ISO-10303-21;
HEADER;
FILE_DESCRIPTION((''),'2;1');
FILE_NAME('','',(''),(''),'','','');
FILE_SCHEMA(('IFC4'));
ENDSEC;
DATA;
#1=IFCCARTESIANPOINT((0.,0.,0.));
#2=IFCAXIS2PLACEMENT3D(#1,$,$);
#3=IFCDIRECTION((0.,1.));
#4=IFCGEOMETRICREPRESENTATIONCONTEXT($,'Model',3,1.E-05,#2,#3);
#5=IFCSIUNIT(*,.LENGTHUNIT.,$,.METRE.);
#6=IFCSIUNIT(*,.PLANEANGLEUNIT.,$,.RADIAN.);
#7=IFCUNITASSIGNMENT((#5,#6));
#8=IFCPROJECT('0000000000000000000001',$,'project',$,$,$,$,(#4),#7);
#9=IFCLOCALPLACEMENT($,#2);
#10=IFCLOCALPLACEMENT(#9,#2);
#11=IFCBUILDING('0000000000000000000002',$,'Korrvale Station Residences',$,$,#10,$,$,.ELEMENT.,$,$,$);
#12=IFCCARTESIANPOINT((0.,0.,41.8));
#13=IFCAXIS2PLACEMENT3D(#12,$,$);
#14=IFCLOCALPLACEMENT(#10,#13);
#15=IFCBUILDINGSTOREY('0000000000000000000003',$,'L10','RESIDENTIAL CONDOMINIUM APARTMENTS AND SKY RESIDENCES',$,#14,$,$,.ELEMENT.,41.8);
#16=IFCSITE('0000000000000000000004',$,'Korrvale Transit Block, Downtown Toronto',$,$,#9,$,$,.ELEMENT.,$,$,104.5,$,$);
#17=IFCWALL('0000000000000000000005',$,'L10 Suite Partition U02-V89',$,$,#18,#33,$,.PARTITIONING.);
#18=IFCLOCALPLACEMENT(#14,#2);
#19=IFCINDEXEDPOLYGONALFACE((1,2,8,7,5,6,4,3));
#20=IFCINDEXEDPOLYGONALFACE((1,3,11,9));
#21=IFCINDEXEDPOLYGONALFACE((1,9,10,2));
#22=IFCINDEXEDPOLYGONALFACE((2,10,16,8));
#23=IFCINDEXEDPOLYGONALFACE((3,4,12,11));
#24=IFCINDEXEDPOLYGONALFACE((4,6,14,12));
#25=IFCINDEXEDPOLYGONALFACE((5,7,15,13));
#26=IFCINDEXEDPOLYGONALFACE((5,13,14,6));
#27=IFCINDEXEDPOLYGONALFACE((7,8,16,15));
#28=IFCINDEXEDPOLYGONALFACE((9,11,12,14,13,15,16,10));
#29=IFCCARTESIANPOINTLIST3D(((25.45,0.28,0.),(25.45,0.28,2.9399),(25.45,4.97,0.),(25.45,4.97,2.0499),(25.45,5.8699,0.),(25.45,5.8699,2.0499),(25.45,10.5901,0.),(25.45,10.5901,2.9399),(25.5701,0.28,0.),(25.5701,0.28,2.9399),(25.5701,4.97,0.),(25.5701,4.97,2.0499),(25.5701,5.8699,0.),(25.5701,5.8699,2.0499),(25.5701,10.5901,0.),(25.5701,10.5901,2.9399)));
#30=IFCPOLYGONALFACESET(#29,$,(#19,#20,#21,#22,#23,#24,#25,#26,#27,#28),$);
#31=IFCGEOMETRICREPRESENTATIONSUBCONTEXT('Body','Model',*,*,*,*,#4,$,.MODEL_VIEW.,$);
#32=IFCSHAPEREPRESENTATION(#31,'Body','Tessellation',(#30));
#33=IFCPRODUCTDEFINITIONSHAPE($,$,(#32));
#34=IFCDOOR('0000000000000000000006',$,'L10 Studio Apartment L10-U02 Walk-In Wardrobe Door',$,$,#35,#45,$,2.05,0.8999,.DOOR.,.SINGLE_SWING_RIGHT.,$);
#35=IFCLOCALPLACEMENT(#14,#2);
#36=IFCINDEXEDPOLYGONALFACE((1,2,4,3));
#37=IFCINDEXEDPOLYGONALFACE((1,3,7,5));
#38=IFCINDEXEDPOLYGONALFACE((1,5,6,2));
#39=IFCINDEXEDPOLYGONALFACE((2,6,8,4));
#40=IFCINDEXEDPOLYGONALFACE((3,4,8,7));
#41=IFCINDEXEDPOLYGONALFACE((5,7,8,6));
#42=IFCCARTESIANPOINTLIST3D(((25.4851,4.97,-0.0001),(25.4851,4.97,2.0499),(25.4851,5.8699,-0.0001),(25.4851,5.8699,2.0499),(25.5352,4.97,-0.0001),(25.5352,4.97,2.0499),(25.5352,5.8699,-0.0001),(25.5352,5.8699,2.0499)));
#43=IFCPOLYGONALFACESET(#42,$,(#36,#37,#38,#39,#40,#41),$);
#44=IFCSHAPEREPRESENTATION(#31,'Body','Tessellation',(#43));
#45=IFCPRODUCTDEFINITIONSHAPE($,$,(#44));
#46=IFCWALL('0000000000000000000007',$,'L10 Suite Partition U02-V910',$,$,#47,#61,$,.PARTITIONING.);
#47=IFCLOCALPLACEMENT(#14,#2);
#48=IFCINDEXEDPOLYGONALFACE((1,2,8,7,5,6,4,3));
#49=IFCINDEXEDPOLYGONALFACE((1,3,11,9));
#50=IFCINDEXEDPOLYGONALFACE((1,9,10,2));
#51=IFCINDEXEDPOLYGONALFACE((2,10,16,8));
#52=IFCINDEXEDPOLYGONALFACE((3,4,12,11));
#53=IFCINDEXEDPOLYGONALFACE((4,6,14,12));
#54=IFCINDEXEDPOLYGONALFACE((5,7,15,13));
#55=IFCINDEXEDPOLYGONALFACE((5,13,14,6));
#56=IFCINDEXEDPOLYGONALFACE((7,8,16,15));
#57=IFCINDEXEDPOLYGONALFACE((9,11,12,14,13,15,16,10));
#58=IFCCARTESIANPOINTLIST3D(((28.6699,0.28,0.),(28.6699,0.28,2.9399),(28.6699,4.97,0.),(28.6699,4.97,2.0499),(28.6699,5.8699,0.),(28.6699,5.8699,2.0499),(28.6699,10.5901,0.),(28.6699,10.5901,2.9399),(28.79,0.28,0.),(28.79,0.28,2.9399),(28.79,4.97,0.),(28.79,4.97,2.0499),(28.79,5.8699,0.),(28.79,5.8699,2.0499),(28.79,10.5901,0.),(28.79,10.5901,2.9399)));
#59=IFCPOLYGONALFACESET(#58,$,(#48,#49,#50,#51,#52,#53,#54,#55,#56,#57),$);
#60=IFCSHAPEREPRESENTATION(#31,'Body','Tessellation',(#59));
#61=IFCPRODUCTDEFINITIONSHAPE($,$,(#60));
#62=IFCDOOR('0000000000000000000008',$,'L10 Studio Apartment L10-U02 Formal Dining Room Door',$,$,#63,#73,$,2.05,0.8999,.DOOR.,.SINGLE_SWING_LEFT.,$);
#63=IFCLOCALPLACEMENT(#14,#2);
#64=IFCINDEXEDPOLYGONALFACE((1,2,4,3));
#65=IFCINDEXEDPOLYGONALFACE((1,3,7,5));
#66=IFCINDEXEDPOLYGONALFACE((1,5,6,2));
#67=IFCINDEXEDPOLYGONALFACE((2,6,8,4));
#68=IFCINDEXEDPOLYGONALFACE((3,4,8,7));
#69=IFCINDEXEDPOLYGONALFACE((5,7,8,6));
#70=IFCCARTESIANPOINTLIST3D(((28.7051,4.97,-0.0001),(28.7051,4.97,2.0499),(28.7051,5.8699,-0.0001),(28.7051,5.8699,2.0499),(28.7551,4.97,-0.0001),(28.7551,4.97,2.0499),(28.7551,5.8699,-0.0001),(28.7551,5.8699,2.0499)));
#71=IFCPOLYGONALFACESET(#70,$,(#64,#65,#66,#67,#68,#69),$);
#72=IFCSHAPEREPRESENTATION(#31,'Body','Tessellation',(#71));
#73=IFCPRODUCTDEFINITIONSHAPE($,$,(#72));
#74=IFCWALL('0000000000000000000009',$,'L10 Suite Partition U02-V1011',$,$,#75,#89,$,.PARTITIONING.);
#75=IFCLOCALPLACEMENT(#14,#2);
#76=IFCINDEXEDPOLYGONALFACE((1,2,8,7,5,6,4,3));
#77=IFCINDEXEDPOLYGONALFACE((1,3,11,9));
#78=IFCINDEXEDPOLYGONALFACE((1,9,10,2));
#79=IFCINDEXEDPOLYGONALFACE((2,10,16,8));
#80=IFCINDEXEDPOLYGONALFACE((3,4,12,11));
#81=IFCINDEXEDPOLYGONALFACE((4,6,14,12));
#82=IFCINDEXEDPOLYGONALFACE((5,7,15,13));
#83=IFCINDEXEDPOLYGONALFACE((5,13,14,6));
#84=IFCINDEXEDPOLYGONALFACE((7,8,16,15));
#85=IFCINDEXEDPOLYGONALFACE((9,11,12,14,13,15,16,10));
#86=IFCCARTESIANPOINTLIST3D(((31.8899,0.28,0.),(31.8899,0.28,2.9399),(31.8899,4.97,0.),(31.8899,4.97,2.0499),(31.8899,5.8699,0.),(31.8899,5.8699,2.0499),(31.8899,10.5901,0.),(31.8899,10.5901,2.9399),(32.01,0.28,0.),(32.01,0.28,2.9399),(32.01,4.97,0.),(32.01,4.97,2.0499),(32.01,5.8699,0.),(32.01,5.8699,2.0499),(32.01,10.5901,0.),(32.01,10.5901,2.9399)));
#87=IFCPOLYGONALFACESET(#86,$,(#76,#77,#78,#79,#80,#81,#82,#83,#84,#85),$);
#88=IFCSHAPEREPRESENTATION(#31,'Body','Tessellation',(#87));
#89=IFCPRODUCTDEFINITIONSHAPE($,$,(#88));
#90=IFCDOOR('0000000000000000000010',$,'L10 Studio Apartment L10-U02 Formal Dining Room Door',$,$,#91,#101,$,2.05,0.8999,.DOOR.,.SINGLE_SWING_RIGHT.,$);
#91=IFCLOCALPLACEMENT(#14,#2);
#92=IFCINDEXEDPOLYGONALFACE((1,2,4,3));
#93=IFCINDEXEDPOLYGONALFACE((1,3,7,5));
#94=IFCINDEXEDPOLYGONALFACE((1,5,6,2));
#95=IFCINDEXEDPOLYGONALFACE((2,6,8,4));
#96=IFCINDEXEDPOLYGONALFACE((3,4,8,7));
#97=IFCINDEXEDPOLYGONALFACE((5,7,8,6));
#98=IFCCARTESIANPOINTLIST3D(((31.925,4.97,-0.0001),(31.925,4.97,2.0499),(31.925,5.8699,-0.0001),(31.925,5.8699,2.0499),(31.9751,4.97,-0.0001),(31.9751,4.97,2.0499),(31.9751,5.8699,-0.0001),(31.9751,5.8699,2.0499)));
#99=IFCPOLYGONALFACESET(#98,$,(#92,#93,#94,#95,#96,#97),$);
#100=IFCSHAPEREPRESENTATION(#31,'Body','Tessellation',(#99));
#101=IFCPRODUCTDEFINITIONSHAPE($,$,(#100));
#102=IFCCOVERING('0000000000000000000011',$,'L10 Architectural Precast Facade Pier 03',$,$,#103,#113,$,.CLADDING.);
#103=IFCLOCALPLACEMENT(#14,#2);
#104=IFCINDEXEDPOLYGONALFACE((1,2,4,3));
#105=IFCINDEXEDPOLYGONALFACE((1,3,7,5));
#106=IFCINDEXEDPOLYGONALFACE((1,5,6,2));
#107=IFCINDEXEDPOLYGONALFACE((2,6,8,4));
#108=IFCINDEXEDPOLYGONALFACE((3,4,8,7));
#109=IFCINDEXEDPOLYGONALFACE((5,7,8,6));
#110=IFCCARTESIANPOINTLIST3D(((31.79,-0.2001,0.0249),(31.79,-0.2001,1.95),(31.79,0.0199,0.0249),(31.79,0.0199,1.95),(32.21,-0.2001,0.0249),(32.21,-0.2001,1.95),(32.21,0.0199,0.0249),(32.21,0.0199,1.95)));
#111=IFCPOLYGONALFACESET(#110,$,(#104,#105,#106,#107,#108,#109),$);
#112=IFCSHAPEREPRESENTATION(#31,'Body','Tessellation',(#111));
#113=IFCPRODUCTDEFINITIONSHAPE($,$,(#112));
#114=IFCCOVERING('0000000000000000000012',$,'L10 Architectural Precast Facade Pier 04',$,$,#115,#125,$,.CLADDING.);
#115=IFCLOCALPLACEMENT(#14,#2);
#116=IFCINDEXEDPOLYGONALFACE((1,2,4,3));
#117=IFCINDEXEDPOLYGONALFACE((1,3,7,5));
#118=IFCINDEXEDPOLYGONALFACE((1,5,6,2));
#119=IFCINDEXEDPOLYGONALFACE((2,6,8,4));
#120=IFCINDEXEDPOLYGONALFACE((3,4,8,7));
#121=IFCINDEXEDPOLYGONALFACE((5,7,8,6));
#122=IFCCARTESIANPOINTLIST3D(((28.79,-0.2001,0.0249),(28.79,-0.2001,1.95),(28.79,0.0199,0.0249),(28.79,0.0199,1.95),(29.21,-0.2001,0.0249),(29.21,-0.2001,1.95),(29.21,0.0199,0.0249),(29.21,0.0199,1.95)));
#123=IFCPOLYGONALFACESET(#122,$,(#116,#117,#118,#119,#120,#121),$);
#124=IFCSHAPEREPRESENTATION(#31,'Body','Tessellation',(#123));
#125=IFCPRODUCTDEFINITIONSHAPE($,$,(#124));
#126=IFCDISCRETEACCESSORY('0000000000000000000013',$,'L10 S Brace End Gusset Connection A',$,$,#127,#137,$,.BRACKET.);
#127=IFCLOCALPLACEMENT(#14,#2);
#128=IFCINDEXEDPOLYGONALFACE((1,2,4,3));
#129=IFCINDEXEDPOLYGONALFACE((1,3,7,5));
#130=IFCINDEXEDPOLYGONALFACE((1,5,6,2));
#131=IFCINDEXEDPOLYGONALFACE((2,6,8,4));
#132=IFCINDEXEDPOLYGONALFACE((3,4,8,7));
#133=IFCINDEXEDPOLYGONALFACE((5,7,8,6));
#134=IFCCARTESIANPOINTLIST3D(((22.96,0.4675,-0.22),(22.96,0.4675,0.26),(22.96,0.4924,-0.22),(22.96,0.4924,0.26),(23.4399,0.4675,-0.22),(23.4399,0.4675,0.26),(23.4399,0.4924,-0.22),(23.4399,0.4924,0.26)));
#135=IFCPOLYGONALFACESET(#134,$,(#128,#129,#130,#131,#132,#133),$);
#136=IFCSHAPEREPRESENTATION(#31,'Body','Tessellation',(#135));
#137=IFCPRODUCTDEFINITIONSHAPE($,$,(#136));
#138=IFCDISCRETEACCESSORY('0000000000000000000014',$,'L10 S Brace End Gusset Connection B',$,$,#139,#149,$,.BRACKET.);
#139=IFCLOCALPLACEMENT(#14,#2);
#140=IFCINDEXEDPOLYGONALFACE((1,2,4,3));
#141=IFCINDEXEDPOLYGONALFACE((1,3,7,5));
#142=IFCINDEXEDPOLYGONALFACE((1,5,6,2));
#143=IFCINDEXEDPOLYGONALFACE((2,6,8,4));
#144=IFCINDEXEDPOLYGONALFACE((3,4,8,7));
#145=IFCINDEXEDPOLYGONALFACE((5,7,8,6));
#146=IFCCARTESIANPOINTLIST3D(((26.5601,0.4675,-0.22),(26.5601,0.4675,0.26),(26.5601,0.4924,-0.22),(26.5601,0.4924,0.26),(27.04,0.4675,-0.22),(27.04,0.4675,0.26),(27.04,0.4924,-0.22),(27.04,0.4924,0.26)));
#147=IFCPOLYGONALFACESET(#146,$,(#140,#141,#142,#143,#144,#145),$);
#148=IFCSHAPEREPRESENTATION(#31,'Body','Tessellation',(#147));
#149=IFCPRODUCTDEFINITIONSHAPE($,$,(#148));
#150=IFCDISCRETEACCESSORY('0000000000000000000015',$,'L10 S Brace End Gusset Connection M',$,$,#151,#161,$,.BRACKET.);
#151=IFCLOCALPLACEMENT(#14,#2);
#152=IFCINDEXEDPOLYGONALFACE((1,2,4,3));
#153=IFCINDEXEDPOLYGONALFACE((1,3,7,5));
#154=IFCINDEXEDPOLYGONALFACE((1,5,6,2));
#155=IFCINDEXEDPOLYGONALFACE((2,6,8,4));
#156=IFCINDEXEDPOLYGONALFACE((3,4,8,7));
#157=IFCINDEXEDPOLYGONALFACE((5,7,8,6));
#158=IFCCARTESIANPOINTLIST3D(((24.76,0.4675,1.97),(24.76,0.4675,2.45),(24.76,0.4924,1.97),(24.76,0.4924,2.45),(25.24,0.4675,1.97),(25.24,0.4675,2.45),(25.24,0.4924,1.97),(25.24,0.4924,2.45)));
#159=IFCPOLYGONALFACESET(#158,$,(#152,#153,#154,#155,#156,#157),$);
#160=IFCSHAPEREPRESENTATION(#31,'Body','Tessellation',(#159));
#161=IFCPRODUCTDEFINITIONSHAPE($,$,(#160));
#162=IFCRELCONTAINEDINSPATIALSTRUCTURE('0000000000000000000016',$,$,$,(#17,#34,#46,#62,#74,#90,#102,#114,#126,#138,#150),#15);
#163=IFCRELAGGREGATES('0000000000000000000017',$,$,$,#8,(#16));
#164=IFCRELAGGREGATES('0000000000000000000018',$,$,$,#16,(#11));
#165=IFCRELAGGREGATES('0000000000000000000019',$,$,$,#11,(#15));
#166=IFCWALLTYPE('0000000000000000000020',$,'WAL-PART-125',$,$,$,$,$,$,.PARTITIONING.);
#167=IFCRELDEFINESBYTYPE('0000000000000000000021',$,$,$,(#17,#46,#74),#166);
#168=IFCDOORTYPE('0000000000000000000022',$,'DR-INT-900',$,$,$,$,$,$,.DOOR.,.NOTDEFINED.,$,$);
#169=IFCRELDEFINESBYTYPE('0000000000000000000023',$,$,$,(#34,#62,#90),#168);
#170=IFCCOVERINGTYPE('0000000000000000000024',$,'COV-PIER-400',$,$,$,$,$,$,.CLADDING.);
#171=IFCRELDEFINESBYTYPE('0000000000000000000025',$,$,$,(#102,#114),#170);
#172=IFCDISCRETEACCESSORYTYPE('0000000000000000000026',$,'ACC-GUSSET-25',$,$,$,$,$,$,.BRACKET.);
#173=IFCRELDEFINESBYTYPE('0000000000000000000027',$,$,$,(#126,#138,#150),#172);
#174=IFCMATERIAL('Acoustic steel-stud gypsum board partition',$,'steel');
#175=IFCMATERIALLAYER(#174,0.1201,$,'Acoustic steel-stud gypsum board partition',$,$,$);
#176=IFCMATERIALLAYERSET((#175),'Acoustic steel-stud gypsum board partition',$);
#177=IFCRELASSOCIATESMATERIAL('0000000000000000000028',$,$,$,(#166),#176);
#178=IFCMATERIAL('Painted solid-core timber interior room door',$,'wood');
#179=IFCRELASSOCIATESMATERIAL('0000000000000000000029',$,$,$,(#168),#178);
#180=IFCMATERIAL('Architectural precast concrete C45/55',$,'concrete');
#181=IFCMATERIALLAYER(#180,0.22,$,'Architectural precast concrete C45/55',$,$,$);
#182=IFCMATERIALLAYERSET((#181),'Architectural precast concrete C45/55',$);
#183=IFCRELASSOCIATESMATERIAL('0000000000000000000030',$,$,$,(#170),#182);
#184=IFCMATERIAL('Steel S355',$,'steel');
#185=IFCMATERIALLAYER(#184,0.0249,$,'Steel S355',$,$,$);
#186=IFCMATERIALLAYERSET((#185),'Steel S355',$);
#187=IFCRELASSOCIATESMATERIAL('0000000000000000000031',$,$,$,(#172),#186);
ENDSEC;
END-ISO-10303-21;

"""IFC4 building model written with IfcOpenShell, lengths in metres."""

from ifc_helpers import new_model, si_unit, direction, frame, frame_2d, origin, origin_2d, place, context, subcontext, project, spatial, rectangle, extrude, material, layer, layer_set, type_object, element, fill, save


model = new_model("IFC4")

# Units and contexts
model_context = context("Model", 3, precision=1e-05, world=origin(), true_north=direction((0.0, 1.0)))
body_context = subcontext(model_context, "Body", "Model", "MODEL_VIEW")
ifc_project = project(units=[si_unit("LENGTHUNIT", "METRE"), si_unit("PLANEANGLEUNIT", "RADIAN")], contexts=[model_context])

# Site, building, storey
site_placement = place(None, origin())
site = spatial("IfcSite", under=ifc_project, at=site_placement, Name="Korrvale Transit Block, Downtown Toronto", CompositionType="ELEMENT", RefElevation=104.5)
building_placement = place(site_placement, origin())
building = spatial("IfcBuilding", under=site, at=building_placement, Name="Korrvale Station Residences", CompositionType="ELEMENT")
storey_placement = place(building_placement, frame((0.0, 0.0, 41.8)))
storey = spatial("IfcBuildingStorey", under=building, at=storey_placement, Name="L10", Description="RESIDENTIAL CONDOMINIUM APARTMENTS AND SKY RESIDENCES", CompositionType="ELEMENT", Elevation=41.8)

# Shared definitions
ifc_material_1 = material(Name="Steel S355", Category="steel")

# Shared definitions
ifc_material_2 = material(Name="Acoustic steel-stud gypsum board partition", Category="steel")
ifc_layer_1 = layer(ifc_material_2, 0.1201, Name="Acoustic steel-stud gypsum board partition")
ifc_layer_set_1 = layer_set([ifc_layer_1], Name="Acoustic steel-stud gypsum board partition")
wall_type = type_object("IfcWallType", Name="WAL-PART-125", PredefinedType="PARTITIONING", material=ifc_layer_set_1)

# Shared definitions
ifc_material_3 = material(Name="Painted solid-core timber interior room door", Category="wood")
door_type = type_object("IfcDoorType", Name="DR-INT-900", OperationType="NOTDEFINED", PredefinedType="DOOR", material=ifc_material_3)

# Walls, openings, doors
wall_1_placement = place(storey_placement, frame((25.51, 0.28, 0.0), z_axis=(0.0, 0.0, 1.0), x_axis=(0.0, 1.0, 0.0)))
wall_1 = element("IfcWall", 1, at=wall_1_placement, inside=storey, type_object=wall_type, Name="L10 Suite Partition U02-V89", PredefinedType="PARTITIONING", context=body_context, shape_type="SweptSolid", body=[
    extrude(rectangle(XDim=10.3101, YDim=0.1201, at=frame_2d((5.155, 0.0))), origin(), (0.0, 0.0, 1.0), 2.9399),
])
opening_1_placement = place(wall_1_placement, frame((4.6899, 0.0, 0.0)))
opening_1 = element("IfcOpeningElement", 2, at=opening_1_placement, cuts=wall_1, PredefinedType="OPENING", context=body_context, shape_type="SweptSolid", body=[
    extrude(rectangle(XDim=0.8999, YDim=2.05, at=frame_2d((0.45, 1.0249))), frame((0.0, 0.0701, 0.0), z_axis=(0.0, -1.0, 0.0), x_axis=(1.0, 0.0, 0.0)), (0.0, 0.0, 1.0), 0.1401),
])
door_1_placement = place(opening_1_placement, origin())
door_1 = element("IfcDoor", 3, at=door_1_placement, inside=storey, type_object=door_type, Name="L10 Studio Apartment L10-U02 Walk-In Wardrobe Door", OperationType="SINGLE_SWING_RIGHT", OverallHeight=2.05, OverallWidth=0.8999, PredefinedType="DOOR", context=body_context, shape_type="SweptSolid", body=[
    extrude(rectangle(XDim=0.8999, YDim=2.05, at=frame_2d((0.45, 1.0249))), frame((0.0, 0.0249, 0.0), z_axis=(0.0, -1.0, 0.0), x_axis=(1.0, 0.0, 0.0)), (0.0, 0.0, 1.0), 0.05),
])
fill(opening_1, door_1)
wall_2_placement = place(storey_placement, frame((28.73, 0.28, 0.0), z_axis=(0.0, 0.0, 1.0), x_axis=(0.0, 1.0, 0.0)))
wall_2 = element("IfcWall", 4, at=wall_2_placement, inside=storey, type_object=wall_type, Name="L10 Suite Partition U02-V910", PredefinedType="PARTITIONING", context=body_context, shape_type="SweptSolid", body=[
    extrude(rectangle(XDim=10.3101, YDim=0.1201, at=frame_2d((5.155, 0.0))), origin(), (0.0, 0.0, 1.0), 2.9399),
])
opening_2_placement = place(wall_2_placement, frame((4.6899, 0.0, 0.0)))
opening_2 = element("IfcOpeningElement", 5, at=opening_2_placement, cuts=wall_2, PredefinedType="OPENING", context=body_context, shape_type="SweptSolid", body=[
    extrude(rectangle(XDim=0.8999, YDim=2.05, at=frame_2d((0.45, 1.0249))), frame((0.0, 0.0701, 0.0), z_axis=(0.0, -1.0, 0.0), x_axis=(1.0, 0.0, 0.0)), (0.0, 0.0, 1.0), 0.1401),
])
door_2_placement = place(opening_2_placement, origin())
door_2 = element("IfcDoor", 6, at=door_2_placement, inside=storey, type_object=door_type, Name="L10 Studio Apartment L10-U02 Formal Dining Room Door", OperationType="SINGLE_SWING_LEFT", OverallHeight=2.05, OverallWidth=0.8999, PredefinedType="DOOR", context=body_context, shape_type="SweptSolid", body=[
    extrude(rectangle(XDim=0.8999, YDim=2.05, at=frame_2d((0.45, 1.0249))), frame((0.0, 0.0249, 0.0), z_axis=(0.0, -1.0, 0.0), x_axis=(1.0, 0.0, 0.0)), (0.0, 0.0, 1.0), 0.05),
])
fill(opening_2, door_2)
wall_3_placement = place(storey_placement, frame((31.95, 0.28, 0.0), z_axis=(0.0, 0.0, 1.0), x_axis=(0.0, 1.0, 0.0)))
wall_3 = element("IfcWall", 7, at=wall_3_placement, inside=storey, type_object=wall_type, Name="L10 Suite Partition U02-V1011", PredefinedType="PARTITIONING", context=body_context, shape_type="SweptSolid", body=[
    extrude(rectangle(XDim=10.3101, YDim=0.1201, at=frame_2d((5.155, 0.0))), origin(), (0.0, 0.0, 1.0), 2.9399),
])
opening_3_placement = place(wall_3_placement, frame((4.6899, 0.0, 0.0)))
opening_3 = element("IfcOpeningElement", 8, at=opening_3_placement, cuts=wall_3, PredefinedType="OPENING", context=body_context, shape_type="SweptSolid", body=[
    extrude(rectangle(XDim=0.8999, YDim=2.05, at=frame_2d((0.45, 1.0249))), frame((0.0, 0.0701, 0.0), z_axis=(0.0, -1.0, 0.0), x_axis=(1.0, 0.0, 0.0)), (0.0, 0.0, 1.0), 0.1401),
])
door_3_placement = place(opening_3_placement, origin())
door_3 = element("IfcDoor", 9, at=door_3_placement, inside=storey, type_object=door_type, Name="L10 Studio Apartment L10-U02 Formal Dining Room Door", OperationType="SINGLE_SWING_RIGHT", OverallHeight=2.05, OverallWidth=0.8999, PredefinedType="DOOR", context=body_context, shape_type="SweptSolid", body=[
    extrude(rectangle(XDim=0.8999, YDim=2.05, at=frame_2d((0.45, 1.0249))), frame((0.0, 0.0249, 0.0), z_axis=(0.0, -1.0, 0.0), x_axis=(1.0, 0.0, 0.0)), (0.0, 0.0, 1.0), 0.05),
])
fill(opening_3, door_3)

# Coverings
ifc_material_4 = material(Name="Architectural precast concrete C45/55", Category="concrete")
ifc_layer_2 = layer(ifc_material_4, 0.22, Name="Architectural precast concrete C45/55")
ifc_layer_set_2 = layer_set([ifc_layer_2], Name="Architectural precast concrete C45/55")
covering_type = type_object("IfcCoveringType", Name="COV-PIER-400", PredefinedType="CLADDING", material=ifc_layer_set_2)
for number, where, z_axis, x_axis, name in (
    (10, (32.0, -0.0901, 0.0249), (0.0, 0.0, 1.0), (1.0, 0.0, 0.0), "L10 Architectural Precast Facade Pier 03"),
    (11, (29.0, -0.0901, 0.0249), (0.0, 0.0, 1.0), (1.0, 0.0, 0.0), "L10 Architectural Precast Facade Pier 04"),
):
    element("IfcCovering", number, at=place(storey_placement, frame(where, z_axis=z_axis, x_axis=x_axis)), inside=storey, type_object=covering_type, Name=name, PredefinedType="CLADDING", context=body_context, shape_type="SweptSolid", body=[
        extrude(rectangle(XDim=0.4199, YDim=0.22, at=origin_2d()), origin(), (0.0, 0.0, 1.0), 1.925),
    ])

# Discrete accessories
ifc_layer_3 = layer(ifc_material_1, 0.0249, Name="Steel S355")
ifc_layer_set_3 = layer_set([ifc_layer_3], Name="Steel S355")
discrete_accessory_type = type_object("IfcDiscreteAccessoryType", Name="ACC-GUSSET-25", PredefinedType="BRACKET", material=ifc_layer_set_3)
for number, where, z_axis, x_axis, name in (
    (12, (23.2, 0.48, -0.22), (0.0, 0.0, 1.0), (1.0, 0.0, 0.0), "L10 S Brace End Gusset Connection A"),
    (13, (26.8, 0.48, -0.22), (0.0, 0.0, 1.0), (1.0, 0.0, 0.0), "L10 S Brace End Gusset Connection B"),
    (14, (25.0, 0.48, 1.97), (0.0, 0.0, 1.0), (1.0, 0.0, 0.0), "L10 S Brace End Gusset Connection M"),
):
    element("IfcDiscreteAccessory", number, at=place(storey_placement, frame(where, z_axis=z_axis, x_axis=x_axis)), inside=storey, type_object=discrete_accessory_type, Name=name, PredefinedType="BRACKET", context=body_context, shape_type="SweptSolid", body=[
        extrude(rectangle(XDim=0.48, YDim=0.0249, at=origin_2d()), origin(), (0.0, 0.0, 1.0), 0.48),
    ])

save(model, "model.ifc")
